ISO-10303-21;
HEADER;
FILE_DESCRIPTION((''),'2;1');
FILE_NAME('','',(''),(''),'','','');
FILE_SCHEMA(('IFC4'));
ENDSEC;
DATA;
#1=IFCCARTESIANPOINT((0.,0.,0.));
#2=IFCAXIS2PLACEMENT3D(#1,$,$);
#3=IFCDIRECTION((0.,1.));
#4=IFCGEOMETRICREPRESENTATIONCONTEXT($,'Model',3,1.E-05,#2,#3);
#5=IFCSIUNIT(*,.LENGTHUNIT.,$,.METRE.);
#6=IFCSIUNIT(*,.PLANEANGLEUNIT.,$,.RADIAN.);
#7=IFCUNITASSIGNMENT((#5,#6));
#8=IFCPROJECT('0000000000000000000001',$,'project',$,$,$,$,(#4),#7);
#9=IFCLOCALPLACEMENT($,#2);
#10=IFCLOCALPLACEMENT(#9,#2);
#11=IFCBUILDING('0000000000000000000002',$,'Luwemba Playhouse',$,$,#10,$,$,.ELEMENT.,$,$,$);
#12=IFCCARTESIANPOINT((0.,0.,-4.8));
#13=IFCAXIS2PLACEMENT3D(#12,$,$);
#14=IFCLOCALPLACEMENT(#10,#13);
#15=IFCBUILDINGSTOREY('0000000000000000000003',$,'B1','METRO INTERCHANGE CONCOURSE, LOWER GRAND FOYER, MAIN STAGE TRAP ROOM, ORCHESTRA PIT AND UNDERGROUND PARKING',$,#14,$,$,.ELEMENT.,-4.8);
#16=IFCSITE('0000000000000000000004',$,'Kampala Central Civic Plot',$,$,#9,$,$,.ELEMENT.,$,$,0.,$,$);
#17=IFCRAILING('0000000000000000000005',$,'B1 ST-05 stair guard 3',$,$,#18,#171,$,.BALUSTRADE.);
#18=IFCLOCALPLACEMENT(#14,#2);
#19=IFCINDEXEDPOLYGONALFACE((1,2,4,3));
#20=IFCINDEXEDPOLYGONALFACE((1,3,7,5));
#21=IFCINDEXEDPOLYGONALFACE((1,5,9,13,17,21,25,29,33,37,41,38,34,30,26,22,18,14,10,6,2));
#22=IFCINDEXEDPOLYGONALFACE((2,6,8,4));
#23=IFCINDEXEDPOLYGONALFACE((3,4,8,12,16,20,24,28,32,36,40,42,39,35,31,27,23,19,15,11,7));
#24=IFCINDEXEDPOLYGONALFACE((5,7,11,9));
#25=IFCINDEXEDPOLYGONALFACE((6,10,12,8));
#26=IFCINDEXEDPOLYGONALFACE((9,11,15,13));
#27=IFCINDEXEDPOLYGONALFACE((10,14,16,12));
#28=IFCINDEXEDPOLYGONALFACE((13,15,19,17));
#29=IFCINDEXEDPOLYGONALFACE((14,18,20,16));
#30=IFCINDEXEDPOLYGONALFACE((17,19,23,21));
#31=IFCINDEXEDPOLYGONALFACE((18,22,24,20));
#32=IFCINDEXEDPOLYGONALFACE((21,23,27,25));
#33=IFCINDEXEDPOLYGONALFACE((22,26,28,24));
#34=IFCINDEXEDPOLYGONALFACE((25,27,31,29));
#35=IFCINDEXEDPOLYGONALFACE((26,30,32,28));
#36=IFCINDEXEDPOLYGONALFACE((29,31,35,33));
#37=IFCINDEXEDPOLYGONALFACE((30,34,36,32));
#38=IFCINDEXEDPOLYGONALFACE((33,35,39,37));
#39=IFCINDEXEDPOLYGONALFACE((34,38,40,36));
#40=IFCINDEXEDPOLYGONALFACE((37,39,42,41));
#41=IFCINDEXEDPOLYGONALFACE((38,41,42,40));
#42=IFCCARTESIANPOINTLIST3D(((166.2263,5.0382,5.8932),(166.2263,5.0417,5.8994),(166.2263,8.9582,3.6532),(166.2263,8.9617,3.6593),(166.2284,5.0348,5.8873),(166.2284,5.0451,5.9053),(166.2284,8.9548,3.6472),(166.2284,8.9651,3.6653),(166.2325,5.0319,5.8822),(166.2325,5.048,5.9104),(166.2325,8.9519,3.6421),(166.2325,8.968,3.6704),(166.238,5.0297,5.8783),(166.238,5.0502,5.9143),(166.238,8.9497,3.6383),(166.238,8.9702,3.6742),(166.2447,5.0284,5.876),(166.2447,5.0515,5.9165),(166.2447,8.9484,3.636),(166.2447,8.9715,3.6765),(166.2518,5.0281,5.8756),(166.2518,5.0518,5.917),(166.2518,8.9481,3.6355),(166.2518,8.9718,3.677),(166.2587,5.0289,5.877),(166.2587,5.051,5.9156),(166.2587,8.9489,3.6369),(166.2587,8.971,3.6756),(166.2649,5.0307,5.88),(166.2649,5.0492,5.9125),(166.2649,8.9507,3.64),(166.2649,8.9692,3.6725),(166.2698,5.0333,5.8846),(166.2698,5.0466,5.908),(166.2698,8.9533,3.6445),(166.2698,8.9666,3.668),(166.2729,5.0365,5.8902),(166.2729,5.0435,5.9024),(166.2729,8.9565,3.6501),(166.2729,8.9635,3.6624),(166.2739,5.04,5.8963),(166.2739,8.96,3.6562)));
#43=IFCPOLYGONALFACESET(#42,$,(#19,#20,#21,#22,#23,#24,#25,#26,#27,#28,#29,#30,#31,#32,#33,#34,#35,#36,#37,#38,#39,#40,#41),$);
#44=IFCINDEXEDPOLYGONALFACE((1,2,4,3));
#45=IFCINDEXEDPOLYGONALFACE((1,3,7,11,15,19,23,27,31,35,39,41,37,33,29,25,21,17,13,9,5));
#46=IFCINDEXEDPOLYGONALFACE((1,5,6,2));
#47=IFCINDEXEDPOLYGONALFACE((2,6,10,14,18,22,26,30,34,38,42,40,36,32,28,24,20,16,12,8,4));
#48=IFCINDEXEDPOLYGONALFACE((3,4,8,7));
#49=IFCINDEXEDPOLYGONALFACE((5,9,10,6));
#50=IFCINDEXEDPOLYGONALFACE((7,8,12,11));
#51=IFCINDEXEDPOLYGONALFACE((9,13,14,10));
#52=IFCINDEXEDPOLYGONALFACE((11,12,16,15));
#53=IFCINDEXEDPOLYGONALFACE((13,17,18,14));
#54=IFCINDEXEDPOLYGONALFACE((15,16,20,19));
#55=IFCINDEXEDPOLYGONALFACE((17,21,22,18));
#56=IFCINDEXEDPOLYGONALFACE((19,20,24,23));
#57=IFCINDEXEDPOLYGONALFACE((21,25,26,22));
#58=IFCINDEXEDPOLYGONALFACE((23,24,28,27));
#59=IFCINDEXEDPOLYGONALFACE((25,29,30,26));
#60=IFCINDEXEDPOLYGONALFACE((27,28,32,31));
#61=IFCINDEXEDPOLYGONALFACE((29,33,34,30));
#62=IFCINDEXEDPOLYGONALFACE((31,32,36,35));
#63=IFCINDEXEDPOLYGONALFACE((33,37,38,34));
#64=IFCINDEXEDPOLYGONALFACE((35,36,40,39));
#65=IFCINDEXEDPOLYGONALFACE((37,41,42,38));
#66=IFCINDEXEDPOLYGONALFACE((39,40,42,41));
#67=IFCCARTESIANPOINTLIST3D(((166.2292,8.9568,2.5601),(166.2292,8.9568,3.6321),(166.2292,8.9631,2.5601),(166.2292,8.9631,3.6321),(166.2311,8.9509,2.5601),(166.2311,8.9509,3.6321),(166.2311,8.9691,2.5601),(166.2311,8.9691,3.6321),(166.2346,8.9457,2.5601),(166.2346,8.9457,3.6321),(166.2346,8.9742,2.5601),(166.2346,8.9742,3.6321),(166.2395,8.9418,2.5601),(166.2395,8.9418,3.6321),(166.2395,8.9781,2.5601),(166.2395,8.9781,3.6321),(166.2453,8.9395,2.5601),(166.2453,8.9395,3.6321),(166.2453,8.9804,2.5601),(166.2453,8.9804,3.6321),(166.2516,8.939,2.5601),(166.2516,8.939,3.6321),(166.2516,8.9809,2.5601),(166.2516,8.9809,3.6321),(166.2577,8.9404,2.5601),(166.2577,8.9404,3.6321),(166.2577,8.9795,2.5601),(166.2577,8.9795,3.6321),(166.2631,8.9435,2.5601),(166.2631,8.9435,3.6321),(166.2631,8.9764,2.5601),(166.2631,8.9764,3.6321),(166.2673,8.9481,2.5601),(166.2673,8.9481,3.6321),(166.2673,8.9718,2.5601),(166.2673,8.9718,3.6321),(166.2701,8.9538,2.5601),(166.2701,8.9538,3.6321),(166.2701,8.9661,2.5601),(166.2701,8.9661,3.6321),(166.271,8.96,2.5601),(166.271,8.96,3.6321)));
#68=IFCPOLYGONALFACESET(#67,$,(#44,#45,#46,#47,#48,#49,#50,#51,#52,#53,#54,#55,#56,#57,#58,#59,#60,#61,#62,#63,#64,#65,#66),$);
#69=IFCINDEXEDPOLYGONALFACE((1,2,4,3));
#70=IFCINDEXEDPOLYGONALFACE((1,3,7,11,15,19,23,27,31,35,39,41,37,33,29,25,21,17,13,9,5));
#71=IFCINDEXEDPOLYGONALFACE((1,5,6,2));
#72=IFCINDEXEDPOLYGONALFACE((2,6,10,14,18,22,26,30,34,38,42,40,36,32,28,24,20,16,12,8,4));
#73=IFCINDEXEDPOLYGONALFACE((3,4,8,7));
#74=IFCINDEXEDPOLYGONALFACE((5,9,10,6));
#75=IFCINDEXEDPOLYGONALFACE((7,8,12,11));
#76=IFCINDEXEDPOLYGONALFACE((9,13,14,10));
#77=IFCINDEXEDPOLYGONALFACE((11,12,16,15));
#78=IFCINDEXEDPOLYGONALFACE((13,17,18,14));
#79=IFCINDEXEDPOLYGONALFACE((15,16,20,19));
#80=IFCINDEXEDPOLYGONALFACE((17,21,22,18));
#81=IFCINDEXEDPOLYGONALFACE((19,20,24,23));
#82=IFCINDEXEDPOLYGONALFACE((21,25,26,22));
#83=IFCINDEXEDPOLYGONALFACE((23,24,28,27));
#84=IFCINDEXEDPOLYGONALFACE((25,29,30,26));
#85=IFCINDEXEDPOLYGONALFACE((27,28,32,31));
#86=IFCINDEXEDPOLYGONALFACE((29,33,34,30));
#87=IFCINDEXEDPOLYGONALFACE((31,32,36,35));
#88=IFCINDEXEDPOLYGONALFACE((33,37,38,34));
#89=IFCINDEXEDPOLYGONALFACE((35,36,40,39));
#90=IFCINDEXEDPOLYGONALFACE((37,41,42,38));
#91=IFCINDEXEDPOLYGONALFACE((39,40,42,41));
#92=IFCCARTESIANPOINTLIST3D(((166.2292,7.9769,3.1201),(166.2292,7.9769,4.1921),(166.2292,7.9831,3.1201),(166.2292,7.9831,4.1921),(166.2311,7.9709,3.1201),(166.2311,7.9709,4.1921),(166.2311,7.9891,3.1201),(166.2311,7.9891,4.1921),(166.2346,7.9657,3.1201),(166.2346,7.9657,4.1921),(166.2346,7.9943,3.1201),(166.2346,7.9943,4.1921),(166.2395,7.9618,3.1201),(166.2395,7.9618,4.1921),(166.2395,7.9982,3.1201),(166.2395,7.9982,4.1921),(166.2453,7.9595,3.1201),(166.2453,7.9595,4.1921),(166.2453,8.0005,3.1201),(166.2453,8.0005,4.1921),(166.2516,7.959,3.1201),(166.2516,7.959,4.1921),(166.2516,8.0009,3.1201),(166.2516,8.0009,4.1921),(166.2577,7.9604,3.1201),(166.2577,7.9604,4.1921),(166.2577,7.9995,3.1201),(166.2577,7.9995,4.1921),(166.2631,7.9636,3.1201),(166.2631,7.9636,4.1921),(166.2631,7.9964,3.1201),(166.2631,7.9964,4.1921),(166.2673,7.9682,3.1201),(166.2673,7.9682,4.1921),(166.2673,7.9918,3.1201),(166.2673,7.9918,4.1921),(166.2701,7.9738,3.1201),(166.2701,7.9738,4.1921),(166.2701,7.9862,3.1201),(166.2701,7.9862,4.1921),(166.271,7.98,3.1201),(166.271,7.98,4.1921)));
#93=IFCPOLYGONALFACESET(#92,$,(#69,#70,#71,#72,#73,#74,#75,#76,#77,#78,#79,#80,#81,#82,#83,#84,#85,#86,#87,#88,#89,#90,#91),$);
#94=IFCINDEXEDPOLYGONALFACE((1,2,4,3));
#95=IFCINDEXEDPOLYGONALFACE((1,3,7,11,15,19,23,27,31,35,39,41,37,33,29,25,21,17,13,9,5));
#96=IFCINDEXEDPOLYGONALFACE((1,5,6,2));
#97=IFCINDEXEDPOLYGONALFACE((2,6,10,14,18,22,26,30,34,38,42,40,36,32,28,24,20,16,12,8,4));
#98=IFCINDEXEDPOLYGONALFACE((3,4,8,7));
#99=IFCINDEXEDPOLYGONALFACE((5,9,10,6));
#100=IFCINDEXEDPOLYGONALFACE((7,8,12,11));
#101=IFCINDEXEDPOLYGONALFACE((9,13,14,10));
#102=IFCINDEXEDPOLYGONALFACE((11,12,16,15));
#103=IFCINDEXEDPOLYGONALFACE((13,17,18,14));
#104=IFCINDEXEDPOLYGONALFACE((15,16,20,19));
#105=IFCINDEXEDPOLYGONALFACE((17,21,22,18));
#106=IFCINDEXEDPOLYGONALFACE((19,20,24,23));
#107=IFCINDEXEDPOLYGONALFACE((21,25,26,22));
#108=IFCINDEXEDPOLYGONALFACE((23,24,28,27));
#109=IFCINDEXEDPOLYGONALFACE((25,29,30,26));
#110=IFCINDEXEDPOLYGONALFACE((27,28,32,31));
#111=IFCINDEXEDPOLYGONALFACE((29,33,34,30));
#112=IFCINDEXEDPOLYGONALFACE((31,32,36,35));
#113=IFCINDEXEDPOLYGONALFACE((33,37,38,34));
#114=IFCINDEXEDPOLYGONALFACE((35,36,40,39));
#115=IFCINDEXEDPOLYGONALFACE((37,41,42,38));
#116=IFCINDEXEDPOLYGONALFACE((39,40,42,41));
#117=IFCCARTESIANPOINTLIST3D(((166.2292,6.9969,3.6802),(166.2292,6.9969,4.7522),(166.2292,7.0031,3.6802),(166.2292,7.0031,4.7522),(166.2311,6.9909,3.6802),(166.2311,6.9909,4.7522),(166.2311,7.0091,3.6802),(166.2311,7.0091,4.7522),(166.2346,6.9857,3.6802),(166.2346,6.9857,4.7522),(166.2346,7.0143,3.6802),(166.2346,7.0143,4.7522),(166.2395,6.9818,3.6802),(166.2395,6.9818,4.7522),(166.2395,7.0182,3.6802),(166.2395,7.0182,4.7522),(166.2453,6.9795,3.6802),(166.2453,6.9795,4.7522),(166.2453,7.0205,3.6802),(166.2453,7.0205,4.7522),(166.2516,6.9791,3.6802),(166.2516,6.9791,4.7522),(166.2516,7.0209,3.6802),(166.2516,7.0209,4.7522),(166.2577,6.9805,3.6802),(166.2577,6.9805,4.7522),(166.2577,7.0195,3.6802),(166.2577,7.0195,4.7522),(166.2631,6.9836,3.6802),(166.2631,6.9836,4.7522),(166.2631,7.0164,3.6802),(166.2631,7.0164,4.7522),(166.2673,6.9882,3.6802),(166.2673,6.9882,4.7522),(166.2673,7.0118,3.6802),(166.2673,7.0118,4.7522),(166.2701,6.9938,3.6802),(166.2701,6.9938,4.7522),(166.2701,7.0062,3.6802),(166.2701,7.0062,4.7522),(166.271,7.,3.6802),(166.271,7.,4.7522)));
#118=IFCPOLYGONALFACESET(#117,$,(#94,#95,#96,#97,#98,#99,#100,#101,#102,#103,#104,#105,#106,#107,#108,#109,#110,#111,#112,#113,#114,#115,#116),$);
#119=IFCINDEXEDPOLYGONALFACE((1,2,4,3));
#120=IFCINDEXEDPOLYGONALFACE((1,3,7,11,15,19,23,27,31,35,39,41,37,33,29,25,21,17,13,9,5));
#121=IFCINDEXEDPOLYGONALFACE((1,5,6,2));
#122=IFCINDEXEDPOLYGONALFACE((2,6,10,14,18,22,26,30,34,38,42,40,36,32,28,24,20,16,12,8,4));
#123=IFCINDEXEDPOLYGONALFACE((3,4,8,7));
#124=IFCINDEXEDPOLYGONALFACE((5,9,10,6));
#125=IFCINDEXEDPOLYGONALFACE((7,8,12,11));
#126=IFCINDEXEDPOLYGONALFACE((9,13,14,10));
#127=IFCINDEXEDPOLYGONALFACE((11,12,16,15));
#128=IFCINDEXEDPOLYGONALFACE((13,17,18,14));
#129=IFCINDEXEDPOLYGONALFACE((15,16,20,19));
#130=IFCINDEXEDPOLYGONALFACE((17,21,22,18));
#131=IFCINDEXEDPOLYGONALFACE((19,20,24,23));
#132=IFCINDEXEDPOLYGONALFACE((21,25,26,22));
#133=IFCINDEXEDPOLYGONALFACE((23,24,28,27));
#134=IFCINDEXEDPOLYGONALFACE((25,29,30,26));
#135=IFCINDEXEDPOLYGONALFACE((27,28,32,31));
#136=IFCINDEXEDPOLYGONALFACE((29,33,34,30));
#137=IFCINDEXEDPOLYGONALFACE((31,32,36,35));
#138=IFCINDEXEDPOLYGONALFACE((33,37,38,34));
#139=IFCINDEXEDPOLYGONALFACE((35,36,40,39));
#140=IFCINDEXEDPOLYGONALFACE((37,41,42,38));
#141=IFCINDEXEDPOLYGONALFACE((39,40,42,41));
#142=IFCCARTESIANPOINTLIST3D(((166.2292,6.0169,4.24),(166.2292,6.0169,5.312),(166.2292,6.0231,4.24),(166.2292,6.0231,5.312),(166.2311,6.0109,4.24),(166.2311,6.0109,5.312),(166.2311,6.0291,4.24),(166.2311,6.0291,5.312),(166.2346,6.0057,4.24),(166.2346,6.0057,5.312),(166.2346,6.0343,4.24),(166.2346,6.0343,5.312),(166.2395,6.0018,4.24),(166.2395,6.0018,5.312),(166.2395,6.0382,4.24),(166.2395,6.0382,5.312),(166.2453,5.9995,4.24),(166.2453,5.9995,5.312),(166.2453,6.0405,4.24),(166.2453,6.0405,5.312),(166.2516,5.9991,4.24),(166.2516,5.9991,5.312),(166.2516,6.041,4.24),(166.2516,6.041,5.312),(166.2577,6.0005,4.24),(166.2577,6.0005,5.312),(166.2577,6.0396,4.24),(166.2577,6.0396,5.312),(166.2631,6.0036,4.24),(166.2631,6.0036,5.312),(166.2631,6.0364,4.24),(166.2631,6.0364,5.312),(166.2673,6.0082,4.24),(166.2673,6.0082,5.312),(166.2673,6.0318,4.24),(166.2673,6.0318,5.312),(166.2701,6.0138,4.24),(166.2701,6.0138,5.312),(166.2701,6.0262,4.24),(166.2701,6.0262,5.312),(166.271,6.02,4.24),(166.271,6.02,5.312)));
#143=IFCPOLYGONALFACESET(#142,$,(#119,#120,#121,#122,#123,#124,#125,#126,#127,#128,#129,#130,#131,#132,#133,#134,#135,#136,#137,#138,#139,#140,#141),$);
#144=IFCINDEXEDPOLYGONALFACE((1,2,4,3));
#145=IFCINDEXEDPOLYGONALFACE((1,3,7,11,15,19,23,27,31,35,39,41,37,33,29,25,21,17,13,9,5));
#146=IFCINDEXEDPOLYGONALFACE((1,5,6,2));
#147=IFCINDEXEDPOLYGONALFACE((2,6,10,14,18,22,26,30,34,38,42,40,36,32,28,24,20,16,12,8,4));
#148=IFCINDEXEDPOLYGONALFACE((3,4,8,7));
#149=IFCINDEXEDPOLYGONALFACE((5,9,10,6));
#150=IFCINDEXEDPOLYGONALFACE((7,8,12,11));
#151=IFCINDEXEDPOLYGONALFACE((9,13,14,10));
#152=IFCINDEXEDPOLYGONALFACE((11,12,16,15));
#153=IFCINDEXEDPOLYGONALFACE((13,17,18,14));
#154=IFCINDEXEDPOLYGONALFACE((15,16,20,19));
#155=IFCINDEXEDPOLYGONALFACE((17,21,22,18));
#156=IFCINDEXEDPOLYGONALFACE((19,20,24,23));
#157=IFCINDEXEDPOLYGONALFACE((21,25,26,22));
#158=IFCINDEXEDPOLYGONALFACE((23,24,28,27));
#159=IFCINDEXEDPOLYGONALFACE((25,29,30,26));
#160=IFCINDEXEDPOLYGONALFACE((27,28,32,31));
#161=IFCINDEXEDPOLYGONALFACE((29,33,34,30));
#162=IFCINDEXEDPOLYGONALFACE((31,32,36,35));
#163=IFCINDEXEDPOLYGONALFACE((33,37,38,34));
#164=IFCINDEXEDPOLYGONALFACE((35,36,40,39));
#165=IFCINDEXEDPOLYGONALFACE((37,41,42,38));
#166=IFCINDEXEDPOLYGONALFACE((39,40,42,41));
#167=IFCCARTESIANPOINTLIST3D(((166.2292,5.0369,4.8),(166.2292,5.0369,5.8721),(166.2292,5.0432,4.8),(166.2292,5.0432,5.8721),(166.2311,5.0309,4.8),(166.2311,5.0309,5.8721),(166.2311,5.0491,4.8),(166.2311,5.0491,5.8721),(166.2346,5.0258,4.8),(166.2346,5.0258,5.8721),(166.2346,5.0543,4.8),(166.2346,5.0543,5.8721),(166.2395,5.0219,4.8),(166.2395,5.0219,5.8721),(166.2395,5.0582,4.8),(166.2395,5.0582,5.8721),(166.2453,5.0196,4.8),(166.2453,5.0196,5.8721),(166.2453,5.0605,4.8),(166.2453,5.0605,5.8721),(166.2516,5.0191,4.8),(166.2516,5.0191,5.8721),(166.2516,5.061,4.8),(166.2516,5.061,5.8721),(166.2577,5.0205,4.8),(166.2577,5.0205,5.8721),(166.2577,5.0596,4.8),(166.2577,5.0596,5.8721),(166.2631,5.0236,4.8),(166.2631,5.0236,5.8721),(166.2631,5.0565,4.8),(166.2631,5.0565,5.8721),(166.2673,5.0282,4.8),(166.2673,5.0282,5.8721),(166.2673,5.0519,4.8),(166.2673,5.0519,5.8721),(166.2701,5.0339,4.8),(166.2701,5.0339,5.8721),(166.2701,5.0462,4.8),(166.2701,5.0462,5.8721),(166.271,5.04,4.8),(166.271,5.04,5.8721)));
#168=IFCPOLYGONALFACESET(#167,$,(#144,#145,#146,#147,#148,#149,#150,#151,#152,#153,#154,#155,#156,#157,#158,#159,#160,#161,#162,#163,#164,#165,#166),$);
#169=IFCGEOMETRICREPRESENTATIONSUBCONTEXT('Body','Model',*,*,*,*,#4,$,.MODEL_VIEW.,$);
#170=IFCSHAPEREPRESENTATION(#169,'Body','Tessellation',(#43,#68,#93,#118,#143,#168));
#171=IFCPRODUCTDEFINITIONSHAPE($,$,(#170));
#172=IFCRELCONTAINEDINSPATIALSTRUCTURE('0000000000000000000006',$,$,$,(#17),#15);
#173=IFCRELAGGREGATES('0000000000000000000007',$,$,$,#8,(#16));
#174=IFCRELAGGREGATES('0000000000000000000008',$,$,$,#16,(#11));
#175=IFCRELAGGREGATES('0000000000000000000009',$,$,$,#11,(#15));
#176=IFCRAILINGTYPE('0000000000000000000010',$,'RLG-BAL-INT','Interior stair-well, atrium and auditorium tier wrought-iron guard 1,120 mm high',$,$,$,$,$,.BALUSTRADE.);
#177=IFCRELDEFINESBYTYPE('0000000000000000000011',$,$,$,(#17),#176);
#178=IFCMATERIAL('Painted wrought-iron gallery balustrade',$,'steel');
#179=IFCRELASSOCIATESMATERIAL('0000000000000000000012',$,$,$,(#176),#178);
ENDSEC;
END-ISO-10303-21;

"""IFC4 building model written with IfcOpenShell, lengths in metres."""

from ifc_helpers import new_model, si_unit, direction, frame, origin, origin_2d, place, context, subcontext, project, spatial, circle, extrude, material, type_object, element, save


model = new_model("IFC4")

# Units and contexts
model_context = context("Model", 3, precision=1e-05, world=origin(), true_north=direction((0.0, 1.0)))
body_context = subcontext(model_context, "Body", "Model", "MODEL_VIEW")
ifc_project = project(units=[si_unit("LENGTHUNIT", "METRE"), si_unit("PLANEANGLEUNIT", "RADIAN")], contexts=[model_context])

# Site, building, storey
site_placement = place(None, origin())
site = spatial("IfcSite", under=ifc_project, at=site_placement, Name="Kampala Central Civic Plot", CompositionType="ELEMENT", RefElevation=0.0)
building_placement = place(site_placement, origin())
building = spatial("IfcBuilding", under=site, at=building_placement, Name="Luwemba Playhouse", CompositionType="ELEMENT")
storey_placement = place(building_placement, frame((0.0, 0.0, -4.8)))
storey = spatial("IfcBuildingStorey", under=building, at=storey_placement, Name="B1", Description="METRO INTERCHANGE CONCOURSE, LOWER GRAND FOYER, MAIN STAGE TRAP ROOM, ORCHESTRA PIT AND UNDERGROUND PARKING", CompositionType="ELEMENT", Elevation=-4.8)

# Railing
ifc_material_1 = material(Name="Painted wrought-iron gallery balustrade", Category="steel")
railing_type_1 = type_object("IfcRailingType", Name="RLG-BAL-INT", Description="Interior stair-well, atrium and auditorium tier wrought-iron guard 1,120 mm high", PredefinedType="BALUSTRADE", material=ifc_material_1)
railing_1_placement = place(storey_placement, frame((166.25, 8.96, 2.5601)))
element("IfcRailing", 1, at=railing_1_placement, inside=storey, type_object=railing_type_1, Name="B1 ST-05 stair guard 3", PredefinedType="BALUSTRADE", context=body_context, shape_type="SweptSolid", body=[
    extrude(circle(Radius=0.0239, at=origin_2d()), frame((0.0, 0.0, 1.0962), z_axis=(0.0, -0.86824, 0.496145), x_axis=(1.0, 0.0, 0.0)), (0.0, 0.0, 1.0), 4.5149),
    extrude(circle(Radius=0.021, at=origin_2d()), origin(), (0.0, 0.0, 1.0), 1.072),
    extrude(circle(Radius=0.021, at=origin_2d()), frame((0.0, -0.98, 0.5601)), (0.0, 0.0, 1.0), 1.072),
    extrude(circle(Radius=0.021, at=origin_2d()), frame((0.0, -1.96, 1.1201)), (0.0, 0.0, 1.0), 1.072),
    extrude(circle(Radius=0.021, at=origin_2d()), frame((0.0, -2.9399, 1.6799)), (0.0, 0.0, 1.0), 1.072),
    extrude(circle(Radius=0.021, at=origin_2d()), frame((0.0, -3.9199, 2.24)), (0.0, 0.0, 1.0), 1.072),
])

save(model, "model.ifc")
